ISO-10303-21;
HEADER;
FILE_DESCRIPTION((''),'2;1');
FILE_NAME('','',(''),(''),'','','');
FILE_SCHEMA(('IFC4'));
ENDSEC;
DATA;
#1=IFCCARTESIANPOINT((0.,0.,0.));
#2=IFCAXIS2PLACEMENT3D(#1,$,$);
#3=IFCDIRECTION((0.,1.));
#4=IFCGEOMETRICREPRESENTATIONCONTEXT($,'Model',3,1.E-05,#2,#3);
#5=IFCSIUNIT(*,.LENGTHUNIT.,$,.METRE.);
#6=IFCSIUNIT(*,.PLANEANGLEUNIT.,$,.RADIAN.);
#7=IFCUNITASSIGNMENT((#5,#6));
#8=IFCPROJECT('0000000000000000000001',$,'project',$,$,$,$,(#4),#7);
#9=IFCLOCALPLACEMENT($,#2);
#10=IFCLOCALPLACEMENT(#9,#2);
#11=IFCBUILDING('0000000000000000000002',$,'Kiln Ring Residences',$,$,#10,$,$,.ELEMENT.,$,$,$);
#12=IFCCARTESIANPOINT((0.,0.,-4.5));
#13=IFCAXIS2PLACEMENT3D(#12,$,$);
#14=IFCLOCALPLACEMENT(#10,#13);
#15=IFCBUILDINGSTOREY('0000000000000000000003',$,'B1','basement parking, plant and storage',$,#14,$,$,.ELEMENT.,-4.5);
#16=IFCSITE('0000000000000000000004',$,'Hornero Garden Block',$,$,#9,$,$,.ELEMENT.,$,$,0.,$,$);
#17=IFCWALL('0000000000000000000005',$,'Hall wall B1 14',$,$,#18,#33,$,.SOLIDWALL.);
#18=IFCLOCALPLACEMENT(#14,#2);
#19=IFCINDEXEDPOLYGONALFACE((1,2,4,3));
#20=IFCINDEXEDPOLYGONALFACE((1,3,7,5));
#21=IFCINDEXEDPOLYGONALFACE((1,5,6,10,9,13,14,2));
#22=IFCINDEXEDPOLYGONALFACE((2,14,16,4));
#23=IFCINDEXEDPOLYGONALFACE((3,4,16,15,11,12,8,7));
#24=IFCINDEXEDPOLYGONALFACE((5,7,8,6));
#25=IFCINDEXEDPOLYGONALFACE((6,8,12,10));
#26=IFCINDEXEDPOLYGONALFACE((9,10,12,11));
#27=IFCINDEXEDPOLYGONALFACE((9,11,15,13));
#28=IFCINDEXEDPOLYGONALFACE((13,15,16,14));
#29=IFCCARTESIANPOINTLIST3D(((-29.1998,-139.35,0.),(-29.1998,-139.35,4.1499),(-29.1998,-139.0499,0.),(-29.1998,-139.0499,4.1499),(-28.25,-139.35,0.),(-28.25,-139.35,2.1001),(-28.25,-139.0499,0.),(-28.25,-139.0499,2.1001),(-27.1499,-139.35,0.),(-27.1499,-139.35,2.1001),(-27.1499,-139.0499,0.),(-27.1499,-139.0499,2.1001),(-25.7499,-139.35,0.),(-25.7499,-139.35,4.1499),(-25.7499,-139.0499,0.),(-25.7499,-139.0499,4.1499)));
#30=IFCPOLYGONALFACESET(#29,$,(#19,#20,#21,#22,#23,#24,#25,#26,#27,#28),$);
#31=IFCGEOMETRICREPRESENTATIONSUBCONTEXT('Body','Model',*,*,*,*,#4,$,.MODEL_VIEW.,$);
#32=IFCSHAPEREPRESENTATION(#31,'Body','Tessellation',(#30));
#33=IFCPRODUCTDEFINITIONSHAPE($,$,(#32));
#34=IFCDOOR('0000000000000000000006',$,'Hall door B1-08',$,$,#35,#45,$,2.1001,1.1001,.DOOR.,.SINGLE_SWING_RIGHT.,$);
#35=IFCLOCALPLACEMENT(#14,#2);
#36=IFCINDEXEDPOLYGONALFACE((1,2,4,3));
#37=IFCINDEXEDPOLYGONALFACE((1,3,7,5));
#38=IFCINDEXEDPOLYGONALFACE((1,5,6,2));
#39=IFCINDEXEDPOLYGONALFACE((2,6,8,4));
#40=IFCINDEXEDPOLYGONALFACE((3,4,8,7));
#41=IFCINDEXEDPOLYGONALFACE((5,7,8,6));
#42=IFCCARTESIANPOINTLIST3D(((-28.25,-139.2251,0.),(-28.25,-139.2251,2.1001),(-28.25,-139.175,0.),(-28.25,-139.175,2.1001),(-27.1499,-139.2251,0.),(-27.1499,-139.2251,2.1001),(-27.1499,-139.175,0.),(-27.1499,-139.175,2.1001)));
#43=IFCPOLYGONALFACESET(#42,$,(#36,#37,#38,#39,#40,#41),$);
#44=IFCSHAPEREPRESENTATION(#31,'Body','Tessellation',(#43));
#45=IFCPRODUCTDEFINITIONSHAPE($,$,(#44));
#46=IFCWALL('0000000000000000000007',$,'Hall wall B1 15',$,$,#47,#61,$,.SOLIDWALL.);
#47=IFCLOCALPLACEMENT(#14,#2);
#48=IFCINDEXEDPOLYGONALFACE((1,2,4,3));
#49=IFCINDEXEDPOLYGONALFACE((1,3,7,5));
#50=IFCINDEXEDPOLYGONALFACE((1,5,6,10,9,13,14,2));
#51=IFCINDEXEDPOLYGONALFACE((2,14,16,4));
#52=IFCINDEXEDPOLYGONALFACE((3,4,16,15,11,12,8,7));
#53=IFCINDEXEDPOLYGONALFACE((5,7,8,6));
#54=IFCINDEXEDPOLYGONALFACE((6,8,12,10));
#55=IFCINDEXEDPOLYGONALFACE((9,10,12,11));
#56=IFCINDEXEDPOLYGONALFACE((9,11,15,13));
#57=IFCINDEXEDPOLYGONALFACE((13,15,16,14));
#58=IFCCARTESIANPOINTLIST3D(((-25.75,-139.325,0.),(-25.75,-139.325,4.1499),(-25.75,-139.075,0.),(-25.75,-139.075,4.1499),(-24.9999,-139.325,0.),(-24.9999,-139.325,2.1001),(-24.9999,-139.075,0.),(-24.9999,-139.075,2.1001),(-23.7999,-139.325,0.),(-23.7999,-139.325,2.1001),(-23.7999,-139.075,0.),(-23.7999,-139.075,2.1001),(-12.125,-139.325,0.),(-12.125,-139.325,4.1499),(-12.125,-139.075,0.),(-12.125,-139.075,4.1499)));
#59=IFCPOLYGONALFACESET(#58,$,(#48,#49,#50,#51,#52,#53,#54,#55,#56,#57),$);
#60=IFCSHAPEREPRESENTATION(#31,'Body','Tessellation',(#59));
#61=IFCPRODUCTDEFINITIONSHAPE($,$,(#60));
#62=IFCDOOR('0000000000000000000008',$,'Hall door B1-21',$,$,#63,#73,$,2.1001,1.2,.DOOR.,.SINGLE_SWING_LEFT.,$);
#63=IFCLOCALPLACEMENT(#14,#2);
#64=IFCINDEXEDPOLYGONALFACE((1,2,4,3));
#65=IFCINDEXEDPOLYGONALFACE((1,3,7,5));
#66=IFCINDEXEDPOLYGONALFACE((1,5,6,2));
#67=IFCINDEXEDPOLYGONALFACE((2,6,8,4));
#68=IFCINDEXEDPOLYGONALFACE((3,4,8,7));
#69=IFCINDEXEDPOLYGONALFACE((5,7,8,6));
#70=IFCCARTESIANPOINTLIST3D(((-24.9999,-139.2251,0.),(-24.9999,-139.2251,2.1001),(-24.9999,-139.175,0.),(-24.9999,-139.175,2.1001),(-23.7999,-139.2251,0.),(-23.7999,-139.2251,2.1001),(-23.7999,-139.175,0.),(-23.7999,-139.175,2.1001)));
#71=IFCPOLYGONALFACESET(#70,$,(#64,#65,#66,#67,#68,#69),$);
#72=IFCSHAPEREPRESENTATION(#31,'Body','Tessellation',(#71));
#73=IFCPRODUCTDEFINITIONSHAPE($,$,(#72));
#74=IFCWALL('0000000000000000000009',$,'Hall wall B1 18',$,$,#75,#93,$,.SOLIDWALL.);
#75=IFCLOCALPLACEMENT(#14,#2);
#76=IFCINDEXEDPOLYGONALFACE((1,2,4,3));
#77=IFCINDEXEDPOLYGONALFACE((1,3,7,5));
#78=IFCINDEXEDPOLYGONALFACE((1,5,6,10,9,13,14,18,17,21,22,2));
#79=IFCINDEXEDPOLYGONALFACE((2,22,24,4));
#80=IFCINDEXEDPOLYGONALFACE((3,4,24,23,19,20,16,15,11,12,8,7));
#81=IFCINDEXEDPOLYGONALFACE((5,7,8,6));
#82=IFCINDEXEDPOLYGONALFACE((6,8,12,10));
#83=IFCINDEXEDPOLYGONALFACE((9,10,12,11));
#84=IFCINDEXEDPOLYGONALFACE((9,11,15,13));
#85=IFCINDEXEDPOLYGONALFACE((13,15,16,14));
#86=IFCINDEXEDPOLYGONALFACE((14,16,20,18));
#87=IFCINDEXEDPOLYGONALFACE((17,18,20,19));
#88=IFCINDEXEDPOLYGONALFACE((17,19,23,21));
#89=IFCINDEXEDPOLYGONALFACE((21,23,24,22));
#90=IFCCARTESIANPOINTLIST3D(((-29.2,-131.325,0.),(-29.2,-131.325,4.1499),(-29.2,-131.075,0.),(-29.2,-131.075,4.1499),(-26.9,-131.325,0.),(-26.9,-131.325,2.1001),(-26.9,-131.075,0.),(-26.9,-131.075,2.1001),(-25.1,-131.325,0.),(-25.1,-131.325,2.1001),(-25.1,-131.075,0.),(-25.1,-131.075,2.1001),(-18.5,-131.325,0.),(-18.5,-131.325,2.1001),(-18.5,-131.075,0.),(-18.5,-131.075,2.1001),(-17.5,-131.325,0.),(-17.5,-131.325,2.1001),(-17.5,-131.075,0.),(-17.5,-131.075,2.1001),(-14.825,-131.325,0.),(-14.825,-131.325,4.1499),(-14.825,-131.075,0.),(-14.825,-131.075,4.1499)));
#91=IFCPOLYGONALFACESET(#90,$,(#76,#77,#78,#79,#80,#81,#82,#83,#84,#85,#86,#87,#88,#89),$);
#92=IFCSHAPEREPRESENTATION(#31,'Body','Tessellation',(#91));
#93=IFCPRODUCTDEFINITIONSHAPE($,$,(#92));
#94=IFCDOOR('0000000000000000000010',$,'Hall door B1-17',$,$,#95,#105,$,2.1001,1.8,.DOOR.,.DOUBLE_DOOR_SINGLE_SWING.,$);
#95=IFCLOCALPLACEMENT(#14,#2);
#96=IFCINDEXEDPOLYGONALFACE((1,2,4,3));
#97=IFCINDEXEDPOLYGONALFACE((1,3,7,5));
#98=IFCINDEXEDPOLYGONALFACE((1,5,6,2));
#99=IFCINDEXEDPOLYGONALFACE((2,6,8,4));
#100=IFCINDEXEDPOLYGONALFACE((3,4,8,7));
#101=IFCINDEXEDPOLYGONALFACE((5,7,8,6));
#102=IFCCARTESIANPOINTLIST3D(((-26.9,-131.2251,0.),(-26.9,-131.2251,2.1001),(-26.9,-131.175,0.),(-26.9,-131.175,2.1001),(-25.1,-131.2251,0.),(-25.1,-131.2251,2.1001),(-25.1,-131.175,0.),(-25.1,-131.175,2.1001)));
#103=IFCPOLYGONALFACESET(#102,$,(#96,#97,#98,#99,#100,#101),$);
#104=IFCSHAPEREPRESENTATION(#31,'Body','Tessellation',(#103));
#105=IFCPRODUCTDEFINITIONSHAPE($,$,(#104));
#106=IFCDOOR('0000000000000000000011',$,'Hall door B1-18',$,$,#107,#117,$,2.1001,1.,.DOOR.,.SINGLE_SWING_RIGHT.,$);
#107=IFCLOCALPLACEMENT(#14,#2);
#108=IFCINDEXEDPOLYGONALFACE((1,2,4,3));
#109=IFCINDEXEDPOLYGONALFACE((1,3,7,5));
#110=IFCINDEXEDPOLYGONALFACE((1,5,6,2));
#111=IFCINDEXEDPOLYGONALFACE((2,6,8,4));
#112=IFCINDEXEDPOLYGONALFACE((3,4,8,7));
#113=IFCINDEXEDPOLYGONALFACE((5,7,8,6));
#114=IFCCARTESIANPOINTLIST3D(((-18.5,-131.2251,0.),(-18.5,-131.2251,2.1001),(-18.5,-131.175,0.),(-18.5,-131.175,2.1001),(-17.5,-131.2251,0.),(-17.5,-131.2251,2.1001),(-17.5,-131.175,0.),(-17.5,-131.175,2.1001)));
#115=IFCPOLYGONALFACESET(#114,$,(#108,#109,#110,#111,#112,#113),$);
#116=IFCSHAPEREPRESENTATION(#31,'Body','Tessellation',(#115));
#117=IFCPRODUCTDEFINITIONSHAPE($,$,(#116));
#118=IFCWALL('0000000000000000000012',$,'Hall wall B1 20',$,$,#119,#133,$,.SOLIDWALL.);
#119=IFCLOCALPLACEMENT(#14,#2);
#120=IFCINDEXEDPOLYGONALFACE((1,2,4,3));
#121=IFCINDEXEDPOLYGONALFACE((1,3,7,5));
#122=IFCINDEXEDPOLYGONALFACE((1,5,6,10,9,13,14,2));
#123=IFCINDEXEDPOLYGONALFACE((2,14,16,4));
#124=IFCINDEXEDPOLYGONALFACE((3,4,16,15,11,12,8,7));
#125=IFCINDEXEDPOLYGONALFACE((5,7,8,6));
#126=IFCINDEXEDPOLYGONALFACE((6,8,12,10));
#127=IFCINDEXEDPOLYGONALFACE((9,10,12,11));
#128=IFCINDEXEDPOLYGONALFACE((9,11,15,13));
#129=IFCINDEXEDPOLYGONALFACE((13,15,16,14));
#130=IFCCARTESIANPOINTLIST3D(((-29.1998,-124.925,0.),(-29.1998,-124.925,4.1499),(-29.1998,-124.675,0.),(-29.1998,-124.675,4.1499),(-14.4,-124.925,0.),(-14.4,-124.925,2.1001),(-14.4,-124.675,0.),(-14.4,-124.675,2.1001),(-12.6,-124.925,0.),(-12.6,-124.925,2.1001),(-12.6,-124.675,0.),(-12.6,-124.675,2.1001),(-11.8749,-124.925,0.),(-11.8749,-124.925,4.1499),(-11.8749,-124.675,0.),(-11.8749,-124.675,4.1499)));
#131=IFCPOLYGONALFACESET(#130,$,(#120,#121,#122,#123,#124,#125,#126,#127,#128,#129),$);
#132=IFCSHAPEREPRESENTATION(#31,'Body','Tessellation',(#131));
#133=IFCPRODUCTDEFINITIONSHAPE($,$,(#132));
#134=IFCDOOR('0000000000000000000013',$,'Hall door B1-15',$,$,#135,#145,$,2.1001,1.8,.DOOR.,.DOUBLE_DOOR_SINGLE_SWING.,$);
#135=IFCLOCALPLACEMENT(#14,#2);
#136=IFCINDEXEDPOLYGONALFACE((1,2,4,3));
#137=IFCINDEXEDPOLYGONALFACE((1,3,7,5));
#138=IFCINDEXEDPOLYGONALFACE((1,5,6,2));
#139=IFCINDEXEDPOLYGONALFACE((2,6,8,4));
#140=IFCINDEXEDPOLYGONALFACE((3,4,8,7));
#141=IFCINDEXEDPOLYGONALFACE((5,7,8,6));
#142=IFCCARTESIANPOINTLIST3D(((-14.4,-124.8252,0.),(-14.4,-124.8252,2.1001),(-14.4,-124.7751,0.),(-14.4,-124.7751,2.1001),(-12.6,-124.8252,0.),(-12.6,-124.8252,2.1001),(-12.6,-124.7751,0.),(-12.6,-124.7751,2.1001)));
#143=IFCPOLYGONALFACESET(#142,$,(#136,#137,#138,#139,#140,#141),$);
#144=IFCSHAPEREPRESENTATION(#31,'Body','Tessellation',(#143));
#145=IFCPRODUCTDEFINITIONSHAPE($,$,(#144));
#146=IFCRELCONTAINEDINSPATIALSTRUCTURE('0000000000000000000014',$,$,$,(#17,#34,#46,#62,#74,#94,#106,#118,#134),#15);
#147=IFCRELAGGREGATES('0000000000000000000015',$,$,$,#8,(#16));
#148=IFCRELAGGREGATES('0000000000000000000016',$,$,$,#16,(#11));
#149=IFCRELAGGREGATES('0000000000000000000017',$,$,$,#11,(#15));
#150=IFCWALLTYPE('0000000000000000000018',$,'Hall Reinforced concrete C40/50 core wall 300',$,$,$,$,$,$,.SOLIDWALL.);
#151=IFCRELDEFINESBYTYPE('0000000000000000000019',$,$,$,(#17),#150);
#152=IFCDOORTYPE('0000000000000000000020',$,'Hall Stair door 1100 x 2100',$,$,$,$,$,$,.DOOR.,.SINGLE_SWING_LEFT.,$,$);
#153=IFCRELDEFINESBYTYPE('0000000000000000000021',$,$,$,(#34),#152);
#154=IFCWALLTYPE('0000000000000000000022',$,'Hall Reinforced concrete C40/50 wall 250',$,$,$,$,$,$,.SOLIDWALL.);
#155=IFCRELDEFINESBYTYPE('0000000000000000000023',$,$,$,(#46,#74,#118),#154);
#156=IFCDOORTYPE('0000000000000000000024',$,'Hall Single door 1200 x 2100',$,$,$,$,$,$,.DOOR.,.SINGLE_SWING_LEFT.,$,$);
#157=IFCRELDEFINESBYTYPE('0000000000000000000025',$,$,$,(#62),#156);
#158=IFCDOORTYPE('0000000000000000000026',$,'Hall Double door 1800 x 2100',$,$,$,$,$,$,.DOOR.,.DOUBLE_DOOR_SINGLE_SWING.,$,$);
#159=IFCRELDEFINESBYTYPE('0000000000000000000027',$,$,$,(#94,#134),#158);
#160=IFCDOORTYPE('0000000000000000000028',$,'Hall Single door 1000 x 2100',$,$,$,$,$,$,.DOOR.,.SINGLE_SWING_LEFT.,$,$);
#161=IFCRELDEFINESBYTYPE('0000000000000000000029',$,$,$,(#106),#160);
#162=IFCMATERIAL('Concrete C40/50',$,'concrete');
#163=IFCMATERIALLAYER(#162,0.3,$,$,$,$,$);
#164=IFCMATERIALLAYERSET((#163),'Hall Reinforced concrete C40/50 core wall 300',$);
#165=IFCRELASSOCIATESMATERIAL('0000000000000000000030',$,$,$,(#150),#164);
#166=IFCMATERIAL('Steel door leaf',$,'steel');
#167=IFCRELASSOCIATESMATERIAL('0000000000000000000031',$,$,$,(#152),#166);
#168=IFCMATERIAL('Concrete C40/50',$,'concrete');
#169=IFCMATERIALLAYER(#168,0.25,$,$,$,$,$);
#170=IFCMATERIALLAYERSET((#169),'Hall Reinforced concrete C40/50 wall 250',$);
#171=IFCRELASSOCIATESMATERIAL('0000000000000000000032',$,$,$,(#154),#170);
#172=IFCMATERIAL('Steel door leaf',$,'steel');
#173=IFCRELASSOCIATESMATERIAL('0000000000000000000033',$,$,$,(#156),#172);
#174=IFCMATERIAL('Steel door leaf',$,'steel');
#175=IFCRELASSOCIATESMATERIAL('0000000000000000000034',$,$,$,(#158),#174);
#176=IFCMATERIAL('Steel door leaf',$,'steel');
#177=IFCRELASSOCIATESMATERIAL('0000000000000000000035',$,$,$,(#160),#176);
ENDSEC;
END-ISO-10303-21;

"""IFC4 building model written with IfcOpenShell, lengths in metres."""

from ifc_helpers import new_model, si_unit, direction, frame, frame_2d, origin, place, context, subcontext, project, spatial, rectangle, extrude, material, layer, layer_set, type_object, element, fill, save


model = new_model("IFC4")

# Units and contexts
model_context = context("Model", 3, precision=1e-05, world=origin(), true_north=direction((0.0, 1.0)))
body_context = subcontext(model_context, "Body", "Model", "MODEL_VIEW")
ifc_project = project(units=[si_unit("LENGTHUNIT", "METRE"), si_unit("PLANEANGLEUNIT", "RADIAN")], contexts=[model_context])

# Site, building, storey
site_placement = place(None, origin())
site = spatial("IfcSite", under=ifc_project, at=site_placement, Name="Hornero Garden Block", CompositionType="ELEMENT", RefElevation=0.0)
building_placement = place(site_placement, origin())
building = spatial("IfcBuilding", under=site, at=building_placement, Name="Kiln Ring Residences", CompositionType="ELEMENT")
storey_placement = place(building_placement, frame((0.0, 0.0, -4.5)))
storey = spatial("IfcBuildingStorey", under=building, at=storey_placement, Name="B1", Description="basement parking, plant and storage", CompositionType="ELEMENT", Elevation=-4.5)

# Walls, openings, doors
ifc_material_1 = material(Name="Concrete C40/50", Category="concrete")
ifc_layer_1 = layer(ifc_material_1, 0.3)
ifc_layer_set_1 = layer_set([ifc_layer_1], Name="Hall Reinforced concrete C40/50 core wall 300")
wall_type_1 = type_object("IfcWallType", Name="Hall Reinforced concrete C40/50 core wall 300", PredefinedType="SOLIDWALL", material=ifc_layer_set_1)
wall_1_placement = place(storey_placement, frame((-29.2, -139.2, 0.0), z_axis=(0.0, 0.0, 1.0), x_axis=(1.0, 0.0, 0.0)))
wall_1 = element("IfcWall", 1, at=wall_1_placement, inside=storey, type_object=wall_type_1, Name="Hall wall B1 14", PredefinedType="SOLIDWALL", context=body_context, shape_type="SweptSolid", body=[
    extrude(rectangle(XDim=3.45, YDim=0.3, at=frame_2d((1.7251, 0.0))), origin(), (0.0, 0.0, 1.0), 4.1499),
])
opening_1_placement = place(wall_1_placement, frame((0.95, 0.0, 0.0)))
opening_1 = element("IfcOpeningElement", 2, at=opening_1_placement, cuts=wall_1, PredefinedType="OPENING", context=body_context, shape_type="SweptSolid", body=[
    extrude(rectangle(XDim=1.1001, YDim=2.1001, at=frame_2d((0.55, 1.05))), frame((0.0, 0.1599, 0.0), z_axis=(0.0, -1.0, 0.0), x_axis=(1.0, 0.0, 0.0)), (0.0, 0.0, 1.0), 0.3201),
])
ifc_material_2 = material(Name="Steel door leaf", Category="steel")
door_type_1 = type_object("IfcDoorType", Name="Hall Stair door 1100 x 2100", OperationType="SINGLE_SWING_LEFT", PredefinedType="DOOR", material=ifc_material_2)
door_1_placement = place(opening_1_placement, origin())
door_1 = element("IfcDoor", 3, at=door_1_placement, inside=storey, type_object=door_type_1, Name="Hall door B1-08", OperationType="SINGLE_SWING_RIGHT", OverallHeight=2.1001, OverallWidth=1.1001, PredefinedType="DOOR", context=body_context, shape_type="SweptSolid", body=[
    extrude(rectangle(XDim=1.1001, YDim=2.1001, at=frame_2d((0.55, 1.05))), frame((0.0, 0.0249, 0.0), z_axis=(0.0, -1.0, 0.0), x_axis=(1.0, 0.0, 0.0)), (0.0, 0.0, 1.0), 0.05),
])
fill(opening_1, door_1)
ifc_material_3 = material(Name="Concrete C40/50", Category="concrete")
ifc_layer_2 = layer(ifc_material_3, 0.25)
ifc_layer_set_2 = layer_set([ifc_layer_2], Name="Hall Reinforced concrete C40/50 wall 250")
wall_type_2 = type_object("IfcWallType", Name="Hall Reinforced concrete C40/50 wall 250", PredefinedType="SOLIDWALL", material=ifc_layer_set_2)
wall_2_placement = place(storey_placement, frame((-25.75, -139.2, 0.0), z_axis=(0.0, 0.0, 1.0), x_axis=(1.0, 0.0, 0.0)))
wall_2 = element("IfcWall", 4, at=wall_2_placement, inside=storey, type_object=wall_type_2, Name="Hall wall B1 15", PredefinedType="SOLIDWALL", context=body_context, shape_type="SweptSolid", body=[
    extrude(rectangle(XDim=13.625, YDim=0.25, at=frame_2d((6.8125, 0.0))), origin(), (0.0, 0.0, 1.0), 4.1499),
])
opening_2_placement = place(wall_2_placement, frame((0.75, 0.0, 0.0)))
opening_2 = element("IfcOpeningElement", 5, at=opening_2_placement, cuts=wall_2, PredefinedType="OPENING", context=body_context, shape_type="SweptSolid", body=[
    extrude(rectangle(XDim=1.2, YDim=2.1001, at=frame_2d((0.6001, 1.05))), frame((0.0, 0.135, 0.0), z_axis=(0.0, -1.0, 0.0), x_axis=(1.0, 0.0, 0.0)), (0.0, 0.0, 1.0), 0.27),
])
ifc_material_4 = material(Name="Steel door leaf", Category="steel")
door_type_2 = type_object("IfcDoorType", Name="Hall Single door 1200 x 2100", OperationType="SINGLE_SWING_LEFT", PredefinedType="DOOR", material=ifc_material_4)
door_2_placement = place(opening_2_placement, origin())
door_2 = element("IfcDoor", 6, at=door_2_placement, inside=storey, type_object=door_type_2, Name="Hall door B1-21", OperationType="SINGLE_SWING_LEFT", OverallHeight=2.1001, OverallWidth=1.2, PredefinedType="DOOR", context=body_context, shape_type="SweptSolid", body=[
    extrude(rectangle(XDim=1.2, YDim=2.1001, at=frame_2d((0.6001, 1.05))), frame((0.0, 0.0249, 0.0), z_axis=(0.0, -1.0, 0.0), x_axis=(1.0, 0.0, 0.0)), (0.0, 0.0, 1.0), 0.05),
])
fill(opening_2, door_2)

# Wall, openings, doors
wall_3_placement = place(storey_placement, frame((-29.2, -131.2, 0.0), z_axis=(0.0, 0.0, 1.0), x_axis=(1.0, 0.0, 0.0)))
wall_3 = element("IfcWall", 7, at=wall_3_placement, inside=storey, type_object=wall_type_2, Name="Hall wall B1 18", PredefinedType="SOLIDWALL", context=body_context, shape_type="SweptSolid", body=[
    extrude(rectangle(XDim=14.375, YDim=0.25, at=frame_2d((7.1875, 0.0))), origin(), (0.0, 0.0, 1.0), 4.1499),
])
opening_3_placement = place(wall_3_placement, frame((2.3, 0.0, 0.0)))
opening_3 = element("IfcOpeningElement", 8, at=opening_3_placement, cuts=wall_3, PredefinedType="OPENING", context=body_context, shape_type="SweptSolid", body=[
    extrude(rectangle(XDim=1.8, YDim=2.1001, at=frame_2d((0.8999, 1.05))), frame((0.0, 0.135, 0.0), z_axis=(0.0, -1.0, 0.0), x_axis=(1.0, 0.0, 0.0)), (0.0, 0.0, 1.0), 0.27),
])
opening_4_placement = place(wall_3_placement, frame((10.7, 0.0, 0.0)))
opening_4 = element("IfcOpeningElement", 9, at=opening_4_placement, cuts=wall_3, PredefinedType="OPENING", context=body_context, shape_type="SweptSolid", body=[
    extrude(rectangle(XDim=1.0, YDim=2.1001, at=frame_2d((0.5, 1.05))), frame((0.0, 0.135, 0.0), z_axis=(0.0, -1.0, 0.0), x_axis=(1.0, 0.0, 0.0)), (0.0, 0.0, 1.0), 0.27),
])
ifc_material_5 = material(Name="Steel door leaf", Category="steel")
door_type_3 = type_object("IfcDoorType", Name="Hall Double door 1800 x 2100", OperationType="DOUBLE_DOOR_SINGLE_SWING", PredefinedType="DOOR", material=ifc_material_5)
door_3_placement = place(opening_3_placement, origin())
door_3 = element("IfcDoor", 10, at=door_3_placement, inside=storey, type_object=door_type_3, Name="Hall door B1-17", OperationType="DOUBLE_DOOR_SINGLE_SWING", OverallHeight=2.1001, OverallWidth=1.8, PredefinedType="DOOR", context=body_context, shape_type="SweptSolid", body=[
    extrude(rectangle(XDim=1.8, YDim=2.1001, at=frame_2d((0.8999, 1.05))), frame((0.0, 0.0249, 0.0), z_axis=(0.0, -1.0, 0.0), x_axis=(1.0, 0.0, 0.0)), (0.0, 0.0, 1.0), 0.05),
])
fill(opening_3, door_3)
ifc_material_6 = material(Name="Steel door leaf", Category="steel")
door_type_4 = type_object("IfcDoorType", Name="Hall Single door 1000 x 2100", OperationType="SINGLE_SWING_LEFT", PredefinedType="DOOR", material=ifc_material_6)
door_4_placement = place(opening_4_placement, origin())
door_4 = element("IfcDoor", 11, at=door_4_placement, inside=storey, type_object=door_type_4, Name="Hall door B1-18", OperationType="SINGLE_SWING_RIGHT", OverallHeight=2.1001, OverallWidth=1.0, PredefinedType="DOOR", context=body_context, shape_type="SweptSolid", body=[
    extrude(rectangle(XDim=1.0, YDim=2.1001, at=frame_2d((0.5, 1.05))), frame((0.0, 0.0249, 0.0), z_axis=(0.0, -1.0, 0.0), x_axis=(1.0, 0.0, 0.0)), (0.0, 0.0, 1.0), 0.05),
])
fill(opening_4, door_4)

# Wall, opening, door
wall_4_placement = place(storey_placement, frame((-29.2, -124.8, 0.0), z_axis=(0.0, 0.0, 1.0), x_axis=(1.0, 0.0, 0.0)))
wall_4 = element("IfcWall", 12, at=wall_4_placement, inside=storey, type_object=wall_type_2, Name="Hall wall B1 20", PredefinedType="SOLIDWALL", context=body_context, shape_type="SweptSolid", body=[
    extrude(rectangle(XDim=17.325, YDim=0.25, at=frame_2d((8.6626, 0.0))), origin(), (0.0, 0.0, 1.0), 4.1499),
])
opening_5_placement = place(wall_4_placement, frame((14.8, 0.0, 0.0)))
opening_5 = element("IfcOpeningElement", 13, at=opening_5_placement, cuts=wall_4, PredefinedType="OPENING", context=body_context, shape_type="SweptSolid", body=[
    extrude(rectangle(XDim=1.8, YDim=2.1001, at=frame_2d((0.8999, 1.05))), frame((0.0, 0.135, 0.0), z_axis=(0.0, -1.0, 0.0), x_axis=(1.0, 0.0, 0.0)), (0.0, 0.0, 1.0), 0.27),
])
door_5_placement = place(opening_5_placement, origin())
door_5 = element("IfcDoor", 14, at=door_5_placement, inside=storey, type_object=door_type_3, Name="Hall door B1-15", OperationType="DOUBLE_DOOR_SINGLE_SWING", OverallHeight=2.1001, OverallWidth=1.8, PredefinedType="DOOR", context=body_context, shape_type="SweptSolid", body=[
    extrude(rectangle(XDim=1.8, YDim=2.1001, at=frame_2d((0.8999, 1.05))), frame((0.0, 0.0249, 0.0), z_axis=(0.0, -1.0, 0.0), x_axis=(1.0, 0.0, 0.0)), (0.0, 0.0, 1.0), 0.05),
])
fill(opening_5, door_5)

save(model, "model.ifc")
